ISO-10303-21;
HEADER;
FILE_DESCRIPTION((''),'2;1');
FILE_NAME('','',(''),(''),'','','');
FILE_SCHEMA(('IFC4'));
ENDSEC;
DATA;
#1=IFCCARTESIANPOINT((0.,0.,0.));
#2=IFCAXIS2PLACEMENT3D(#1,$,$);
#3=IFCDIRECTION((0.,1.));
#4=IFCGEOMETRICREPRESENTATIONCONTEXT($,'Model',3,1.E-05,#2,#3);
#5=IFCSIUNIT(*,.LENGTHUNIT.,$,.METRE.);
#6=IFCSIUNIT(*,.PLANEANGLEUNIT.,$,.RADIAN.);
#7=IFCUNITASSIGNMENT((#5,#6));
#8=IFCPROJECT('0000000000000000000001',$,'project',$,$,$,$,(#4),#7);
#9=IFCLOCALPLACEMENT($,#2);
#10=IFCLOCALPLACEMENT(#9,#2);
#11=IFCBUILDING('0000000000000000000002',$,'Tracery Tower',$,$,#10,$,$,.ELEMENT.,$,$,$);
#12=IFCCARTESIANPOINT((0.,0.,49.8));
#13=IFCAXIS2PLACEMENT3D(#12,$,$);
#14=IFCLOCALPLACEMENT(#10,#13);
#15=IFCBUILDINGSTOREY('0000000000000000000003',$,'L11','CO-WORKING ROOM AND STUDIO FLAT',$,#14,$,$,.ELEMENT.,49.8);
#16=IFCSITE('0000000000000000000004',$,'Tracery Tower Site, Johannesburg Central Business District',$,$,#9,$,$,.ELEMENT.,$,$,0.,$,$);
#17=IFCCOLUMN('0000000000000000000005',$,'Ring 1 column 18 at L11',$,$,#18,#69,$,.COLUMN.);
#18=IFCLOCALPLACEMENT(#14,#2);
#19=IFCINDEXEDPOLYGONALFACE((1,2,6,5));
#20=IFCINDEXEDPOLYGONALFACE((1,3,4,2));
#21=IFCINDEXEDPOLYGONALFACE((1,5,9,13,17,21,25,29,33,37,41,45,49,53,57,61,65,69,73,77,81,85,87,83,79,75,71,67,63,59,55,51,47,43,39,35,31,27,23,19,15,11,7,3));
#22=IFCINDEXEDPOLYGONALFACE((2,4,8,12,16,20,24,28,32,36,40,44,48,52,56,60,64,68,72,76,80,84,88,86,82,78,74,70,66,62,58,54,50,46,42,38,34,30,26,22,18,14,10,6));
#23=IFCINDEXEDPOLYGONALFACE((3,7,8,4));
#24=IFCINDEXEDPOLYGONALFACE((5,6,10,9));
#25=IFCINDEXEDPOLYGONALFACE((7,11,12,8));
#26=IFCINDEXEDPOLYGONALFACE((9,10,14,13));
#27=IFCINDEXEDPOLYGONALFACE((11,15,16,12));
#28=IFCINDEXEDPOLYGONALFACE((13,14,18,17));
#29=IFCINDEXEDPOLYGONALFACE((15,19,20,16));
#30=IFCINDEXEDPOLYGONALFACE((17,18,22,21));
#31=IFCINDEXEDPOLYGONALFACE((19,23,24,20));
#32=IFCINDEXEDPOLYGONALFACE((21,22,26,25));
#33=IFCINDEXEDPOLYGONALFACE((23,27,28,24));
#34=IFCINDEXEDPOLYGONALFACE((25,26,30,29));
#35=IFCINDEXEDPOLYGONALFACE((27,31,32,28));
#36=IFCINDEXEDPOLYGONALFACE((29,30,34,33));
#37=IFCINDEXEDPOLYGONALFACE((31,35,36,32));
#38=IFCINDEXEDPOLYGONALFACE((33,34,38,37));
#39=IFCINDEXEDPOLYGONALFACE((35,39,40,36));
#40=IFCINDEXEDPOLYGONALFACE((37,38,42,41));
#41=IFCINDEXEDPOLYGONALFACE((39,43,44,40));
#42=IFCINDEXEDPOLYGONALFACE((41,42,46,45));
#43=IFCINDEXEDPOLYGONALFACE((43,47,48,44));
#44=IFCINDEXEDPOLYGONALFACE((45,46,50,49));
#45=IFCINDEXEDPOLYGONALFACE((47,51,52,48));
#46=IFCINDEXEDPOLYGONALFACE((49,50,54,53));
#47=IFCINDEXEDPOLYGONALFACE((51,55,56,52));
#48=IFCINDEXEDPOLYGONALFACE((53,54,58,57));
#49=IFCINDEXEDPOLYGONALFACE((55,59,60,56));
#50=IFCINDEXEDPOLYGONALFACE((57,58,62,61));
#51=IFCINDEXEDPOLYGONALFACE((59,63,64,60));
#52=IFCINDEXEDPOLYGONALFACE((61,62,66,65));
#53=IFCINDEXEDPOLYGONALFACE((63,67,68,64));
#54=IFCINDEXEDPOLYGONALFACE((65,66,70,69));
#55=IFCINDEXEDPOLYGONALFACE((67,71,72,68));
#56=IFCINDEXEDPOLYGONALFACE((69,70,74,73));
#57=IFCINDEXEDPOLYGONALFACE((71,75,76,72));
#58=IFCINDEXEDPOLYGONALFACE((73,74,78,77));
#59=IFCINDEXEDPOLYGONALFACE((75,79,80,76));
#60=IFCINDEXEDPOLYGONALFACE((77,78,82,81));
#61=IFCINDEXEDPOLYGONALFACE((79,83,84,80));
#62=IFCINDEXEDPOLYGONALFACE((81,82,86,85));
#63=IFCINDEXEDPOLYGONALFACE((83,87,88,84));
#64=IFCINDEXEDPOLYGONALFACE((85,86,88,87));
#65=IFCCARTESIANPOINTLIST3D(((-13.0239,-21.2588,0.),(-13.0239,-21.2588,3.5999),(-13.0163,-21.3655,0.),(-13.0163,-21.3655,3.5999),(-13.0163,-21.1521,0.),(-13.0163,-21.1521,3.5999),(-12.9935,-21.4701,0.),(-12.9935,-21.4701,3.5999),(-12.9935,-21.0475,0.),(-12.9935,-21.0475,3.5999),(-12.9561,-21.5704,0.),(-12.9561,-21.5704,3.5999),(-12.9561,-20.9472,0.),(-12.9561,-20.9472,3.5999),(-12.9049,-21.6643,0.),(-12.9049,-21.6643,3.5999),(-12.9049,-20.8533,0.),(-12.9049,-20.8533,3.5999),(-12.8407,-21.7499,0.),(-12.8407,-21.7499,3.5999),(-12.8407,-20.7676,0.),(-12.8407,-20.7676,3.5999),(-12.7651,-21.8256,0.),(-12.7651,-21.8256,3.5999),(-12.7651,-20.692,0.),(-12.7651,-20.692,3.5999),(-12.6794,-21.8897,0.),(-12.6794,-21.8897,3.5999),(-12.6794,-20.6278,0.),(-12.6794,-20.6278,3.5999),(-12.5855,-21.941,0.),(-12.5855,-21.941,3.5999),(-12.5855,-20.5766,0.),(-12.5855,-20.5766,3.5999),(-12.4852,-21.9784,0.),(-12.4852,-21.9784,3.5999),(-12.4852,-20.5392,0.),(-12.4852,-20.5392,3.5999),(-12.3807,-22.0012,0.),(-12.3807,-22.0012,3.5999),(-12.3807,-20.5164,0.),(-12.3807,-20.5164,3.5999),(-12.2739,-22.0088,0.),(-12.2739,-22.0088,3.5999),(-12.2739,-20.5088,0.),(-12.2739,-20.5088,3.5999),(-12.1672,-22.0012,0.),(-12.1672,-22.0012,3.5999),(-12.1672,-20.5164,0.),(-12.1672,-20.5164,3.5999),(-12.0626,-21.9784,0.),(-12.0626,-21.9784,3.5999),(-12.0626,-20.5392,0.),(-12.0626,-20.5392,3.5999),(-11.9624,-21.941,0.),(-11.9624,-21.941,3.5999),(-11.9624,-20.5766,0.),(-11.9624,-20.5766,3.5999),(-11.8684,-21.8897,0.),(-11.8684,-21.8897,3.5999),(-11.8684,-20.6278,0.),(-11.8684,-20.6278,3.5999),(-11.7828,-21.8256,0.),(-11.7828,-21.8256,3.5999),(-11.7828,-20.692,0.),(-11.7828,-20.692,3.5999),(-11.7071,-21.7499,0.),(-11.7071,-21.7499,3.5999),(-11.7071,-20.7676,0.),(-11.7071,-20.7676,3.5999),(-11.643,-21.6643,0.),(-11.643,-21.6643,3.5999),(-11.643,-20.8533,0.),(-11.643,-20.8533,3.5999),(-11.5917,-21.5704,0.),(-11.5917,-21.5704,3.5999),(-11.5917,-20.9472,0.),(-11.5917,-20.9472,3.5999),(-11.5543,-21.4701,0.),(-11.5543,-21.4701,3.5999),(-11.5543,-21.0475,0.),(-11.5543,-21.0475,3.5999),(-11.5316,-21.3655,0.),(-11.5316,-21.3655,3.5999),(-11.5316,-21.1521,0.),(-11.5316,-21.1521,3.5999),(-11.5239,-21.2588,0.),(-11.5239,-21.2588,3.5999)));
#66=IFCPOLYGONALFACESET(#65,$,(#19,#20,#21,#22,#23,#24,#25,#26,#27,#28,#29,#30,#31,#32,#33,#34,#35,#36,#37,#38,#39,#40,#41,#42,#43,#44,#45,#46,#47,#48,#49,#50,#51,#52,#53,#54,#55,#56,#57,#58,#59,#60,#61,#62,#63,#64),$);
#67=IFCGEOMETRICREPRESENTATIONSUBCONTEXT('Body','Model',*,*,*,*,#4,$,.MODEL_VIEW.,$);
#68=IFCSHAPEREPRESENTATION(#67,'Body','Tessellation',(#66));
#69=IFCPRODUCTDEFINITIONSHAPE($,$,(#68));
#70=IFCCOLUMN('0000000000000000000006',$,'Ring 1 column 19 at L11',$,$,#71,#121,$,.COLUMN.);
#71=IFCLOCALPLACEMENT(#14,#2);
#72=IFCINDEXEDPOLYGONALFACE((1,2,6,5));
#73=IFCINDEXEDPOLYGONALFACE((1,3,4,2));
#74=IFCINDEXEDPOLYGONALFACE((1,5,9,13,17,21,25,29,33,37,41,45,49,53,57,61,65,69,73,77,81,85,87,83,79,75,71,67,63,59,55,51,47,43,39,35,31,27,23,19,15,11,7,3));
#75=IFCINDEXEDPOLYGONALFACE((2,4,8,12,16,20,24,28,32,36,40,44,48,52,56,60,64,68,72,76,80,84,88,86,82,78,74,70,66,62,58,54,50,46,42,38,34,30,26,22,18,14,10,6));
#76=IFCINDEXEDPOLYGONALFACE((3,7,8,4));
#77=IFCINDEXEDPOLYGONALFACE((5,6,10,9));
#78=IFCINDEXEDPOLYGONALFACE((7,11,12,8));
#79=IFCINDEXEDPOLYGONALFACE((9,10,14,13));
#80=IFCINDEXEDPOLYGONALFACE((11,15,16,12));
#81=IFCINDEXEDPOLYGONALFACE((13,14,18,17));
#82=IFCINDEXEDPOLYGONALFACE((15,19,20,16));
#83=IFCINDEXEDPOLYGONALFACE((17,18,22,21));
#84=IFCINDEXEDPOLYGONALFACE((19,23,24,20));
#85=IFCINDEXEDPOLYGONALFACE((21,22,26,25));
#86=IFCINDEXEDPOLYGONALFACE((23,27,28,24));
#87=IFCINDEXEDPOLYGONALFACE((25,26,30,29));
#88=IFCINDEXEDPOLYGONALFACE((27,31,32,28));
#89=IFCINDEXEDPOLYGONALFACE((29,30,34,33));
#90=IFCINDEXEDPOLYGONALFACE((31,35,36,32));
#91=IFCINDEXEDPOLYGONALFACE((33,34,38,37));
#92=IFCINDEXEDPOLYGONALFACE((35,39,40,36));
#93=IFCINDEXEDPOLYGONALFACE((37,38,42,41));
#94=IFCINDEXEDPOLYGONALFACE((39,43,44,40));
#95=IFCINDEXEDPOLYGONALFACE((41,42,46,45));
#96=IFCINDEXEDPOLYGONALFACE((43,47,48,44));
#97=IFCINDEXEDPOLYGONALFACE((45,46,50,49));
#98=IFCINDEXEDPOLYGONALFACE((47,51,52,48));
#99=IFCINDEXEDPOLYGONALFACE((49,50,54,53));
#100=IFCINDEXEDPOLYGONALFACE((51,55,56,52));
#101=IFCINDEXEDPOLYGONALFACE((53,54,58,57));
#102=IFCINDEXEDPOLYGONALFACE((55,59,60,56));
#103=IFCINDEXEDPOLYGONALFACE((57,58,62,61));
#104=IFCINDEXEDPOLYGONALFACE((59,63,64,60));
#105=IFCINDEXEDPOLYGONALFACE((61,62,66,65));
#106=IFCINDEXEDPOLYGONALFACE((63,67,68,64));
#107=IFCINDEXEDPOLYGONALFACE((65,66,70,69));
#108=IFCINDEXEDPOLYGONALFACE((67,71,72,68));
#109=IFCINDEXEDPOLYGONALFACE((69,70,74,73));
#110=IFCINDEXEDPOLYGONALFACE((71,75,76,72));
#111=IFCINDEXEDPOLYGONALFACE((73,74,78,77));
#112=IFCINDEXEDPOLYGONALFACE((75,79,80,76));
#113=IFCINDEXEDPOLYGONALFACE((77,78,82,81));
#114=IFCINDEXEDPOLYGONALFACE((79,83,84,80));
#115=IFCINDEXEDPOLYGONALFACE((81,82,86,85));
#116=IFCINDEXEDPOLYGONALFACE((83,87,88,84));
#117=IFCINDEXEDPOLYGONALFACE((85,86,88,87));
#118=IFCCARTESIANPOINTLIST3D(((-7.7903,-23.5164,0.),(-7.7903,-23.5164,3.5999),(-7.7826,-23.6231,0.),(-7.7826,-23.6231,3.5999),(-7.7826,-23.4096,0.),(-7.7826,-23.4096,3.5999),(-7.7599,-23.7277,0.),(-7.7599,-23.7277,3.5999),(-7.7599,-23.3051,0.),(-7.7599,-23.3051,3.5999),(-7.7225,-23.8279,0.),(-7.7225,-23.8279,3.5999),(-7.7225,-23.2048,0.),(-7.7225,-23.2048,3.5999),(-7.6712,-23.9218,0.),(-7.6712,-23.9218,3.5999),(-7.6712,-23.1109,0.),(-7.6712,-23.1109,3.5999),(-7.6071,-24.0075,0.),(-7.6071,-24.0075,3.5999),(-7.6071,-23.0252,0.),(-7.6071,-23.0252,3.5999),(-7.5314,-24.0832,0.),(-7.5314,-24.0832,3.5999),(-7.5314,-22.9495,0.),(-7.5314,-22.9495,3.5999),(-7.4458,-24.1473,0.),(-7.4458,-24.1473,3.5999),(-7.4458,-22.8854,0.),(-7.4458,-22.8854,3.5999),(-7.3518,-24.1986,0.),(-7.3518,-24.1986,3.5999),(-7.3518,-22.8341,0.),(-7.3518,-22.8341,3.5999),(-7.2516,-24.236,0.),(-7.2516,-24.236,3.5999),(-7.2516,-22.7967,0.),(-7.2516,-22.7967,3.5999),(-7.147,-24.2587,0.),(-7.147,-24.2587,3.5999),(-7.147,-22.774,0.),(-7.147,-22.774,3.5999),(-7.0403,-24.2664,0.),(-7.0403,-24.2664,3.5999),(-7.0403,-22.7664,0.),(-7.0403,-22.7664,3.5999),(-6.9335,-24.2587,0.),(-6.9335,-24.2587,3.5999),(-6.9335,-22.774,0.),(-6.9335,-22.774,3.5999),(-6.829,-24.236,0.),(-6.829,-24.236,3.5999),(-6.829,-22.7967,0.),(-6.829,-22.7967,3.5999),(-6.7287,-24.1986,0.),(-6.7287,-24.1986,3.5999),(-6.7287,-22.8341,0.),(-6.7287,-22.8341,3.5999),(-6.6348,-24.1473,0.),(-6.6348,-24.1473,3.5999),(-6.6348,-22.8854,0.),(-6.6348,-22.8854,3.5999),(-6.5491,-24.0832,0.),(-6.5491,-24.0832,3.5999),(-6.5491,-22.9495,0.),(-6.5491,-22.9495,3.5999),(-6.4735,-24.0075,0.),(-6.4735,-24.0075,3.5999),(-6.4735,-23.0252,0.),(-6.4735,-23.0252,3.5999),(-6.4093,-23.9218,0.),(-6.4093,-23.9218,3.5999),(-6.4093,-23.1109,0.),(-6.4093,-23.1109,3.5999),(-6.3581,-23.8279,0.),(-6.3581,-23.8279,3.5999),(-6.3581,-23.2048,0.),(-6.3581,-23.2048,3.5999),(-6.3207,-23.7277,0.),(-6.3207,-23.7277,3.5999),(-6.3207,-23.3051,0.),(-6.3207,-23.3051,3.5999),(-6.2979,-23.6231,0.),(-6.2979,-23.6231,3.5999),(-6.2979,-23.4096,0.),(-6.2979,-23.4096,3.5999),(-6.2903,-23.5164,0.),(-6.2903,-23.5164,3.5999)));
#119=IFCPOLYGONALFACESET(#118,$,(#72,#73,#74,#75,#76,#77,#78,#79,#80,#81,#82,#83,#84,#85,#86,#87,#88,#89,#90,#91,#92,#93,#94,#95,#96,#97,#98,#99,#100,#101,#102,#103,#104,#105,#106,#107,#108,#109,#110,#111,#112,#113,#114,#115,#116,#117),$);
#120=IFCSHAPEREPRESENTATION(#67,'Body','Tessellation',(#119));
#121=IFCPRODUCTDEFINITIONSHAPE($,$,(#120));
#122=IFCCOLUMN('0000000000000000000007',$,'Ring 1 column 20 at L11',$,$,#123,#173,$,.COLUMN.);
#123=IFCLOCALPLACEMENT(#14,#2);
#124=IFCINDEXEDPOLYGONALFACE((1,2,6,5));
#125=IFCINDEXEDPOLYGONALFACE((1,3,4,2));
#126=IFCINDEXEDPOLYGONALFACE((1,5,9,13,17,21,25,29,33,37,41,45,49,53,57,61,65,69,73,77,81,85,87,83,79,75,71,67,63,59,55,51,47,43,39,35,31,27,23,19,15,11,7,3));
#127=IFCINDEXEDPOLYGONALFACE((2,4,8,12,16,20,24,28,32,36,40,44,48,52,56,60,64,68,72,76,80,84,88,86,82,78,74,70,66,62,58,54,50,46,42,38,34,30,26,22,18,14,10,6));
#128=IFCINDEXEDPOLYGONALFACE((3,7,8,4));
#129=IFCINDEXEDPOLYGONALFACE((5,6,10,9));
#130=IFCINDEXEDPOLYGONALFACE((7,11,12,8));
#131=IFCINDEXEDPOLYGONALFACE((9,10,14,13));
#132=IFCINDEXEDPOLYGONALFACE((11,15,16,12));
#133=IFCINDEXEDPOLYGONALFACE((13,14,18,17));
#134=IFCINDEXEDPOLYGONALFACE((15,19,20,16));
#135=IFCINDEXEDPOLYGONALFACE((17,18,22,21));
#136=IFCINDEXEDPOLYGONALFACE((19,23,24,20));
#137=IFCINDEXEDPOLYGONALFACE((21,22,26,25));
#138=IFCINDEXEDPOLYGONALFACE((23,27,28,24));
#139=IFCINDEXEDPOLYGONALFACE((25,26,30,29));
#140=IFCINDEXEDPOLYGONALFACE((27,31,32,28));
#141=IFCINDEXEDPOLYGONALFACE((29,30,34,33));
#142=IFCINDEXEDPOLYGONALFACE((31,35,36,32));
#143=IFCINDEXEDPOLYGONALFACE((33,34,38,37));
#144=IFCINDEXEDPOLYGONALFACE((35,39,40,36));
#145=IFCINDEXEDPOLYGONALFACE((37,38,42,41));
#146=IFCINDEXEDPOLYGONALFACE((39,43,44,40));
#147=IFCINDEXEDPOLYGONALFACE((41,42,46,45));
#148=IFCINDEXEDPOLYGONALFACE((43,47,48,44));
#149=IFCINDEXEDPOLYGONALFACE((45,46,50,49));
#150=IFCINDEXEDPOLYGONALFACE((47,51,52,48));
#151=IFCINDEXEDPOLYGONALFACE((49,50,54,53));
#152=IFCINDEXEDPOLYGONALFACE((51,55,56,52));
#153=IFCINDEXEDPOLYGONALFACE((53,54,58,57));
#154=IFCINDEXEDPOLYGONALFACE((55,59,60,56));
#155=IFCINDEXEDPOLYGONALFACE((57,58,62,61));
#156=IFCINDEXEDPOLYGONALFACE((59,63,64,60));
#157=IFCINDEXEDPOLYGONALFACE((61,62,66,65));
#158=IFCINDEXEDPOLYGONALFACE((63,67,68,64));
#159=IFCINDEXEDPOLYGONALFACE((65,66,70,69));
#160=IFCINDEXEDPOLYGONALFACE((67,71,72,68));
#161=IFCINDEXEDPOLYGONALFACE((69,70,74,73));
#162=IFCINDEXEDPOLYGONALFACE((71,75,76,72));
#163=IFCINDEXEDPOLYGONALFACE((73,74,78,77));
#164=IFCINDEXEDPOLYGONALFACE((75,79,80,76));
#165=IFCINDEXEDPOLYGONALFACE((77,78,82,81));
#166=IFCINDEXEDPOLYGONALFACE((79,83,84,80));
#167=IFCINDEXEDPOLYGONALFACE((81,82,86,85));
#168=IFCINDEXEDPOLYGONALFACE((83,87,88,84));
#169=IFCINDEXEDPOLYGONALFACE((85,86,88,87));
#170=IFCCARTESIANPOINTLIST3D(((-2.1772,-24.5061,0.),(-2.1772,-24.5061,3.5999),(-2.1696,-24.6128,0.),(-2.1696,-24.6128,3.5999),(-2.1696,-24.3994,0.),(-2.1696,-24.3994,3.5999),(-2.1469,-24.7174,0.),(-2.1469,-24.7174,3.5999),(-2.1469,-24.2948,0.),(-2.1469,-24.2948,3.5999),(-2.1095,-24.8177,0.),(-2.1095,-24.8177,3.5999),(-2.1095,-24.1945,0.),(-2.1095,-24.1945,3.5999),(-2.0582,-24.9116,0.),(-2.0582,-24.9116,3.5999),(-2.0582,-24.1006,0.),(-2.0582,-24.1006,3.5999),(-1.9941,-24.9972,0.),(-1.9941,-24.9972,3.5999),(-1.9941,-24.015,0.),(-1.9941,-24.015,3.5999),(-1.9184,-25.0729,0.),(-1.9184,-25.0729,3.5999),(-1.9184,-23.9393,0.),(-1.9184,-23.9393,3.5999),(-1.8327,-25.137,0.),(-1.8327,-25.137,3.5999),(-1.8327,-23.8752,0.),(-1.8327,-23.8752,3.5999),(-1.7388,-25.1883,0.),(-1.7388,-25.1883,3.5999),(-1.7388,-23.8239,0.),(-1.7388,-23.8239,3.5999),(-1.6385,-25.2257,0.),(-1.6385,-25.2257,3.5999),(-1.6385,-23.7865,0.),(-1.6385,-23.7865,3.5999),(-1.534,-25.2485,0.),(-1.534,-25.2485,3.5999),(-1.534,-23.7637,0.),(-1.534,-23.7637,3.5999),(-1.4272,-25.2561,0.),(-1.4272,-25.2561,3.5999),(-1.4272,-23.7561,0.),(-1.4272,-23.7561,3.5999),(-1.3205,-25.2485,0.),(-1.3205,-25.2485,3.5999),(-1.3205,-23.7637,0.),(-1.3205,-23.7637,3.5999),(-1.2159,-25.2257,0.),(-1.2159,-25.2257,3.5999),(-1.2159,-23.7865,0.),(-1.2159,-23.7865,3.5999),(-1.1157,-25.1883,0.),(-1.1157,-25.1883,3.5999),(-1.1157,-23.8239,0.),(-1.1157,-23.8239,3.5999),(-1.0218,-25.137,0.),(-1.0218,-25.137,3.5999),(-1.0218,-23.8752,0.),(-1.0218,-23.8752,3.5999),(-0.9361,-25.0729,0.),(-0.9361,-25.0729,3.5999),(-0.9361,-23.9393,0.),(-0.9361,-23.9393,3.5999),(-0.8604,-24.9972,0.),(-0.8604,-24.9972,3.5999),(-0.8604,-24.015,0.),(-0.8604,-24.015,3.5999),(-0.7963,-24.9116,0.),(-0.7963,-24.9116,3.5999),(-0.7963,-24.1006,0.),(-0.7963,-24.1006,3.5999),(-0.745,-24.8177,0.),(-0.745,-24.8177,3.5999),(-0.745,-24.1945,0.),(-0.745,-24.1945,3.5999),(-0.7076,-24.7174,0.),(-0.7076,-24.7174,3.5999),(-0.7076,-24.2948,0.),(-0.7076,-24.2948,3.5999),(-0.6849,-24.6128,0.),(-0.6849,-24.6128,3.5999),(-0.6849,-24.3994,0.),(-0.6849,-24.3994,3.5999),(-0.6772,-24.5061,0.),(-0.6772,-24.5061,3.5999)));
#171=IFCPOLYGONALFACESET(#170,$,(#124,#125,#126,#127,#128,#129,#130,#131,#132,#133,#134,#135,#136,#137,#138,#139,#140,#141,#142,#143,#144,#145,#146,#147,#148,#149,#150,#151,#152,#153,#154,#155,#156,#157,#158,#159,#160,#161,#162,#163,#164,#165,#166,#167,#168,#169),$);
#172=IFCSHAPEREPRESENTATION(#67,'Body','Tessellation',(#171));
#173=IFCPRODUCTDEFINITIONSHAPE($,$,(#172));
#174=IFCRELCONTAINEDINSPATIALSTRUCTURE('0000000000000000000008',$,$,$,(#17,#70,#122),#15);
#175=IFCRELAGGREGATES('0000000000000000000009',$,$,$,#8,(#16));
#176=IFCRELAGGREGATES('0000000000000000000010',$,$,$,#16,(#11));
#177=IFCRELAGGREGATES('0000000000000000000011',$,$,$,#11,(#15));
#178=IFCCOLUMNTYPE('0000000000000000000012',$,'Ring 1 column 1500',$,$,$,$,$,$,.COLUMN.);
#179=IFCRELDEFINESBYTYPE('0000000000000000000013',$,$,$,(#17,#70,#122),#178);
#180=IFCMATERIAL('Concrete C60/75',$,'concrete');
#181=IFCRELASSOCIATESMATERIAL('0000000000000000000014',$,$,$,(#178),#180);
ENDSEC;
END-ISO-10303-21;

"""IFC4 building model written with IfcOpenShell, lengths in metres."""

from ifc_helpers import new_model, si_unit, direction, frame, origin, origin_2d, place, context, subcontext, project, spatial, circle, extrude, material, material_profile, profile_set, type_object, element, save


model = new_model("IFC4")

# Units and contexts
model_context = context("Model", 3, precision=1e-05, world=origin(), true_north=direction((0.0, 1.0)))
body_context = subcontext(model_context, "Body", "Model", "MODEL_VIEW")
ifc_project = project(units=[si_unit("LENGTHUNIT", "METRE"), si_unit("PLANEANGLEUNIT", "RADIAN")], contexts=[model_context])

# Site, building, storey
site_placement = place(None, origin())
site = spatial("IfcSite", under=ifc_project, at=site_placement, Name="Tracery Tower Site, Johannesburg Central Business District", CompositionType="ELEMENT", RefElevation=0.0)
building_placement = place(site_placement, origin())
building = spatial("IfcBuilding", under=site, at=building_placement, Name="Tracery Tower", CompositionType="ELEMENT")
storey_placement = place(building_placement, frame((0.0, 0.0, 49.8)))
storey = spatial("IfcBuildingStorey", under=building, at=storey_placement, Name="L11", Description="CO-WORKING ROOM AND STUDIO FLAT", CompositionType="ELEMENT", Elevation=49.8)

# Columns
ifc_material_1 = material(Name="Concrete C60/75", Category="concrete")
ifc_material_profile_1 = material_profile(ifc_material_1, circle(Radius=0.75, at=origin_2d()), Name="RC D1500")
ifc_profile_set_1 = profile_set([ifc_material_profile_1], Name="Concrete C60/75")
column_type_1 = type_object("IfcColumnType", Name="Ring 1 column 1500", PredefinedType="COLUMN", material=ifc_profile_set_1)
for number, where, z_axis, x_axis, name in (
    (1, (-12.2739, -21.2588, 0.0), (0.0, 0.0, 1.0), (1.0, 0.0, 0.0), "Ring 1 column 18 at L11"),
    (2, (-7.0403, -23.5164, 0.0), (0.0, 0.0, 1.0), (1.0, 0.0, 0.0), "Ring 1 column 19 at L11"),
    (3, (-1.4272, -24.5061, 0.0), (0.0, 0.0, 1.0), (1.0, 0.0, 0.0), "Ring 1 column 20 at L11"),
):
    element("IfcColumn", number, at=place(storey_placement, frame(where, z_axis=z_axis, x_axis=x_axis)), inside=storey, type_object=column_type_1, Name=name, PredefinedType="COLUMN", context=body_context, shape_type="SweptSolid", body=[
        extrude(circle(Radius=0.75, at=origin_2d()), origin(), (0.0, 0.0, 1.0), 3.5999),
    ])

save(model, "model.ifc")
